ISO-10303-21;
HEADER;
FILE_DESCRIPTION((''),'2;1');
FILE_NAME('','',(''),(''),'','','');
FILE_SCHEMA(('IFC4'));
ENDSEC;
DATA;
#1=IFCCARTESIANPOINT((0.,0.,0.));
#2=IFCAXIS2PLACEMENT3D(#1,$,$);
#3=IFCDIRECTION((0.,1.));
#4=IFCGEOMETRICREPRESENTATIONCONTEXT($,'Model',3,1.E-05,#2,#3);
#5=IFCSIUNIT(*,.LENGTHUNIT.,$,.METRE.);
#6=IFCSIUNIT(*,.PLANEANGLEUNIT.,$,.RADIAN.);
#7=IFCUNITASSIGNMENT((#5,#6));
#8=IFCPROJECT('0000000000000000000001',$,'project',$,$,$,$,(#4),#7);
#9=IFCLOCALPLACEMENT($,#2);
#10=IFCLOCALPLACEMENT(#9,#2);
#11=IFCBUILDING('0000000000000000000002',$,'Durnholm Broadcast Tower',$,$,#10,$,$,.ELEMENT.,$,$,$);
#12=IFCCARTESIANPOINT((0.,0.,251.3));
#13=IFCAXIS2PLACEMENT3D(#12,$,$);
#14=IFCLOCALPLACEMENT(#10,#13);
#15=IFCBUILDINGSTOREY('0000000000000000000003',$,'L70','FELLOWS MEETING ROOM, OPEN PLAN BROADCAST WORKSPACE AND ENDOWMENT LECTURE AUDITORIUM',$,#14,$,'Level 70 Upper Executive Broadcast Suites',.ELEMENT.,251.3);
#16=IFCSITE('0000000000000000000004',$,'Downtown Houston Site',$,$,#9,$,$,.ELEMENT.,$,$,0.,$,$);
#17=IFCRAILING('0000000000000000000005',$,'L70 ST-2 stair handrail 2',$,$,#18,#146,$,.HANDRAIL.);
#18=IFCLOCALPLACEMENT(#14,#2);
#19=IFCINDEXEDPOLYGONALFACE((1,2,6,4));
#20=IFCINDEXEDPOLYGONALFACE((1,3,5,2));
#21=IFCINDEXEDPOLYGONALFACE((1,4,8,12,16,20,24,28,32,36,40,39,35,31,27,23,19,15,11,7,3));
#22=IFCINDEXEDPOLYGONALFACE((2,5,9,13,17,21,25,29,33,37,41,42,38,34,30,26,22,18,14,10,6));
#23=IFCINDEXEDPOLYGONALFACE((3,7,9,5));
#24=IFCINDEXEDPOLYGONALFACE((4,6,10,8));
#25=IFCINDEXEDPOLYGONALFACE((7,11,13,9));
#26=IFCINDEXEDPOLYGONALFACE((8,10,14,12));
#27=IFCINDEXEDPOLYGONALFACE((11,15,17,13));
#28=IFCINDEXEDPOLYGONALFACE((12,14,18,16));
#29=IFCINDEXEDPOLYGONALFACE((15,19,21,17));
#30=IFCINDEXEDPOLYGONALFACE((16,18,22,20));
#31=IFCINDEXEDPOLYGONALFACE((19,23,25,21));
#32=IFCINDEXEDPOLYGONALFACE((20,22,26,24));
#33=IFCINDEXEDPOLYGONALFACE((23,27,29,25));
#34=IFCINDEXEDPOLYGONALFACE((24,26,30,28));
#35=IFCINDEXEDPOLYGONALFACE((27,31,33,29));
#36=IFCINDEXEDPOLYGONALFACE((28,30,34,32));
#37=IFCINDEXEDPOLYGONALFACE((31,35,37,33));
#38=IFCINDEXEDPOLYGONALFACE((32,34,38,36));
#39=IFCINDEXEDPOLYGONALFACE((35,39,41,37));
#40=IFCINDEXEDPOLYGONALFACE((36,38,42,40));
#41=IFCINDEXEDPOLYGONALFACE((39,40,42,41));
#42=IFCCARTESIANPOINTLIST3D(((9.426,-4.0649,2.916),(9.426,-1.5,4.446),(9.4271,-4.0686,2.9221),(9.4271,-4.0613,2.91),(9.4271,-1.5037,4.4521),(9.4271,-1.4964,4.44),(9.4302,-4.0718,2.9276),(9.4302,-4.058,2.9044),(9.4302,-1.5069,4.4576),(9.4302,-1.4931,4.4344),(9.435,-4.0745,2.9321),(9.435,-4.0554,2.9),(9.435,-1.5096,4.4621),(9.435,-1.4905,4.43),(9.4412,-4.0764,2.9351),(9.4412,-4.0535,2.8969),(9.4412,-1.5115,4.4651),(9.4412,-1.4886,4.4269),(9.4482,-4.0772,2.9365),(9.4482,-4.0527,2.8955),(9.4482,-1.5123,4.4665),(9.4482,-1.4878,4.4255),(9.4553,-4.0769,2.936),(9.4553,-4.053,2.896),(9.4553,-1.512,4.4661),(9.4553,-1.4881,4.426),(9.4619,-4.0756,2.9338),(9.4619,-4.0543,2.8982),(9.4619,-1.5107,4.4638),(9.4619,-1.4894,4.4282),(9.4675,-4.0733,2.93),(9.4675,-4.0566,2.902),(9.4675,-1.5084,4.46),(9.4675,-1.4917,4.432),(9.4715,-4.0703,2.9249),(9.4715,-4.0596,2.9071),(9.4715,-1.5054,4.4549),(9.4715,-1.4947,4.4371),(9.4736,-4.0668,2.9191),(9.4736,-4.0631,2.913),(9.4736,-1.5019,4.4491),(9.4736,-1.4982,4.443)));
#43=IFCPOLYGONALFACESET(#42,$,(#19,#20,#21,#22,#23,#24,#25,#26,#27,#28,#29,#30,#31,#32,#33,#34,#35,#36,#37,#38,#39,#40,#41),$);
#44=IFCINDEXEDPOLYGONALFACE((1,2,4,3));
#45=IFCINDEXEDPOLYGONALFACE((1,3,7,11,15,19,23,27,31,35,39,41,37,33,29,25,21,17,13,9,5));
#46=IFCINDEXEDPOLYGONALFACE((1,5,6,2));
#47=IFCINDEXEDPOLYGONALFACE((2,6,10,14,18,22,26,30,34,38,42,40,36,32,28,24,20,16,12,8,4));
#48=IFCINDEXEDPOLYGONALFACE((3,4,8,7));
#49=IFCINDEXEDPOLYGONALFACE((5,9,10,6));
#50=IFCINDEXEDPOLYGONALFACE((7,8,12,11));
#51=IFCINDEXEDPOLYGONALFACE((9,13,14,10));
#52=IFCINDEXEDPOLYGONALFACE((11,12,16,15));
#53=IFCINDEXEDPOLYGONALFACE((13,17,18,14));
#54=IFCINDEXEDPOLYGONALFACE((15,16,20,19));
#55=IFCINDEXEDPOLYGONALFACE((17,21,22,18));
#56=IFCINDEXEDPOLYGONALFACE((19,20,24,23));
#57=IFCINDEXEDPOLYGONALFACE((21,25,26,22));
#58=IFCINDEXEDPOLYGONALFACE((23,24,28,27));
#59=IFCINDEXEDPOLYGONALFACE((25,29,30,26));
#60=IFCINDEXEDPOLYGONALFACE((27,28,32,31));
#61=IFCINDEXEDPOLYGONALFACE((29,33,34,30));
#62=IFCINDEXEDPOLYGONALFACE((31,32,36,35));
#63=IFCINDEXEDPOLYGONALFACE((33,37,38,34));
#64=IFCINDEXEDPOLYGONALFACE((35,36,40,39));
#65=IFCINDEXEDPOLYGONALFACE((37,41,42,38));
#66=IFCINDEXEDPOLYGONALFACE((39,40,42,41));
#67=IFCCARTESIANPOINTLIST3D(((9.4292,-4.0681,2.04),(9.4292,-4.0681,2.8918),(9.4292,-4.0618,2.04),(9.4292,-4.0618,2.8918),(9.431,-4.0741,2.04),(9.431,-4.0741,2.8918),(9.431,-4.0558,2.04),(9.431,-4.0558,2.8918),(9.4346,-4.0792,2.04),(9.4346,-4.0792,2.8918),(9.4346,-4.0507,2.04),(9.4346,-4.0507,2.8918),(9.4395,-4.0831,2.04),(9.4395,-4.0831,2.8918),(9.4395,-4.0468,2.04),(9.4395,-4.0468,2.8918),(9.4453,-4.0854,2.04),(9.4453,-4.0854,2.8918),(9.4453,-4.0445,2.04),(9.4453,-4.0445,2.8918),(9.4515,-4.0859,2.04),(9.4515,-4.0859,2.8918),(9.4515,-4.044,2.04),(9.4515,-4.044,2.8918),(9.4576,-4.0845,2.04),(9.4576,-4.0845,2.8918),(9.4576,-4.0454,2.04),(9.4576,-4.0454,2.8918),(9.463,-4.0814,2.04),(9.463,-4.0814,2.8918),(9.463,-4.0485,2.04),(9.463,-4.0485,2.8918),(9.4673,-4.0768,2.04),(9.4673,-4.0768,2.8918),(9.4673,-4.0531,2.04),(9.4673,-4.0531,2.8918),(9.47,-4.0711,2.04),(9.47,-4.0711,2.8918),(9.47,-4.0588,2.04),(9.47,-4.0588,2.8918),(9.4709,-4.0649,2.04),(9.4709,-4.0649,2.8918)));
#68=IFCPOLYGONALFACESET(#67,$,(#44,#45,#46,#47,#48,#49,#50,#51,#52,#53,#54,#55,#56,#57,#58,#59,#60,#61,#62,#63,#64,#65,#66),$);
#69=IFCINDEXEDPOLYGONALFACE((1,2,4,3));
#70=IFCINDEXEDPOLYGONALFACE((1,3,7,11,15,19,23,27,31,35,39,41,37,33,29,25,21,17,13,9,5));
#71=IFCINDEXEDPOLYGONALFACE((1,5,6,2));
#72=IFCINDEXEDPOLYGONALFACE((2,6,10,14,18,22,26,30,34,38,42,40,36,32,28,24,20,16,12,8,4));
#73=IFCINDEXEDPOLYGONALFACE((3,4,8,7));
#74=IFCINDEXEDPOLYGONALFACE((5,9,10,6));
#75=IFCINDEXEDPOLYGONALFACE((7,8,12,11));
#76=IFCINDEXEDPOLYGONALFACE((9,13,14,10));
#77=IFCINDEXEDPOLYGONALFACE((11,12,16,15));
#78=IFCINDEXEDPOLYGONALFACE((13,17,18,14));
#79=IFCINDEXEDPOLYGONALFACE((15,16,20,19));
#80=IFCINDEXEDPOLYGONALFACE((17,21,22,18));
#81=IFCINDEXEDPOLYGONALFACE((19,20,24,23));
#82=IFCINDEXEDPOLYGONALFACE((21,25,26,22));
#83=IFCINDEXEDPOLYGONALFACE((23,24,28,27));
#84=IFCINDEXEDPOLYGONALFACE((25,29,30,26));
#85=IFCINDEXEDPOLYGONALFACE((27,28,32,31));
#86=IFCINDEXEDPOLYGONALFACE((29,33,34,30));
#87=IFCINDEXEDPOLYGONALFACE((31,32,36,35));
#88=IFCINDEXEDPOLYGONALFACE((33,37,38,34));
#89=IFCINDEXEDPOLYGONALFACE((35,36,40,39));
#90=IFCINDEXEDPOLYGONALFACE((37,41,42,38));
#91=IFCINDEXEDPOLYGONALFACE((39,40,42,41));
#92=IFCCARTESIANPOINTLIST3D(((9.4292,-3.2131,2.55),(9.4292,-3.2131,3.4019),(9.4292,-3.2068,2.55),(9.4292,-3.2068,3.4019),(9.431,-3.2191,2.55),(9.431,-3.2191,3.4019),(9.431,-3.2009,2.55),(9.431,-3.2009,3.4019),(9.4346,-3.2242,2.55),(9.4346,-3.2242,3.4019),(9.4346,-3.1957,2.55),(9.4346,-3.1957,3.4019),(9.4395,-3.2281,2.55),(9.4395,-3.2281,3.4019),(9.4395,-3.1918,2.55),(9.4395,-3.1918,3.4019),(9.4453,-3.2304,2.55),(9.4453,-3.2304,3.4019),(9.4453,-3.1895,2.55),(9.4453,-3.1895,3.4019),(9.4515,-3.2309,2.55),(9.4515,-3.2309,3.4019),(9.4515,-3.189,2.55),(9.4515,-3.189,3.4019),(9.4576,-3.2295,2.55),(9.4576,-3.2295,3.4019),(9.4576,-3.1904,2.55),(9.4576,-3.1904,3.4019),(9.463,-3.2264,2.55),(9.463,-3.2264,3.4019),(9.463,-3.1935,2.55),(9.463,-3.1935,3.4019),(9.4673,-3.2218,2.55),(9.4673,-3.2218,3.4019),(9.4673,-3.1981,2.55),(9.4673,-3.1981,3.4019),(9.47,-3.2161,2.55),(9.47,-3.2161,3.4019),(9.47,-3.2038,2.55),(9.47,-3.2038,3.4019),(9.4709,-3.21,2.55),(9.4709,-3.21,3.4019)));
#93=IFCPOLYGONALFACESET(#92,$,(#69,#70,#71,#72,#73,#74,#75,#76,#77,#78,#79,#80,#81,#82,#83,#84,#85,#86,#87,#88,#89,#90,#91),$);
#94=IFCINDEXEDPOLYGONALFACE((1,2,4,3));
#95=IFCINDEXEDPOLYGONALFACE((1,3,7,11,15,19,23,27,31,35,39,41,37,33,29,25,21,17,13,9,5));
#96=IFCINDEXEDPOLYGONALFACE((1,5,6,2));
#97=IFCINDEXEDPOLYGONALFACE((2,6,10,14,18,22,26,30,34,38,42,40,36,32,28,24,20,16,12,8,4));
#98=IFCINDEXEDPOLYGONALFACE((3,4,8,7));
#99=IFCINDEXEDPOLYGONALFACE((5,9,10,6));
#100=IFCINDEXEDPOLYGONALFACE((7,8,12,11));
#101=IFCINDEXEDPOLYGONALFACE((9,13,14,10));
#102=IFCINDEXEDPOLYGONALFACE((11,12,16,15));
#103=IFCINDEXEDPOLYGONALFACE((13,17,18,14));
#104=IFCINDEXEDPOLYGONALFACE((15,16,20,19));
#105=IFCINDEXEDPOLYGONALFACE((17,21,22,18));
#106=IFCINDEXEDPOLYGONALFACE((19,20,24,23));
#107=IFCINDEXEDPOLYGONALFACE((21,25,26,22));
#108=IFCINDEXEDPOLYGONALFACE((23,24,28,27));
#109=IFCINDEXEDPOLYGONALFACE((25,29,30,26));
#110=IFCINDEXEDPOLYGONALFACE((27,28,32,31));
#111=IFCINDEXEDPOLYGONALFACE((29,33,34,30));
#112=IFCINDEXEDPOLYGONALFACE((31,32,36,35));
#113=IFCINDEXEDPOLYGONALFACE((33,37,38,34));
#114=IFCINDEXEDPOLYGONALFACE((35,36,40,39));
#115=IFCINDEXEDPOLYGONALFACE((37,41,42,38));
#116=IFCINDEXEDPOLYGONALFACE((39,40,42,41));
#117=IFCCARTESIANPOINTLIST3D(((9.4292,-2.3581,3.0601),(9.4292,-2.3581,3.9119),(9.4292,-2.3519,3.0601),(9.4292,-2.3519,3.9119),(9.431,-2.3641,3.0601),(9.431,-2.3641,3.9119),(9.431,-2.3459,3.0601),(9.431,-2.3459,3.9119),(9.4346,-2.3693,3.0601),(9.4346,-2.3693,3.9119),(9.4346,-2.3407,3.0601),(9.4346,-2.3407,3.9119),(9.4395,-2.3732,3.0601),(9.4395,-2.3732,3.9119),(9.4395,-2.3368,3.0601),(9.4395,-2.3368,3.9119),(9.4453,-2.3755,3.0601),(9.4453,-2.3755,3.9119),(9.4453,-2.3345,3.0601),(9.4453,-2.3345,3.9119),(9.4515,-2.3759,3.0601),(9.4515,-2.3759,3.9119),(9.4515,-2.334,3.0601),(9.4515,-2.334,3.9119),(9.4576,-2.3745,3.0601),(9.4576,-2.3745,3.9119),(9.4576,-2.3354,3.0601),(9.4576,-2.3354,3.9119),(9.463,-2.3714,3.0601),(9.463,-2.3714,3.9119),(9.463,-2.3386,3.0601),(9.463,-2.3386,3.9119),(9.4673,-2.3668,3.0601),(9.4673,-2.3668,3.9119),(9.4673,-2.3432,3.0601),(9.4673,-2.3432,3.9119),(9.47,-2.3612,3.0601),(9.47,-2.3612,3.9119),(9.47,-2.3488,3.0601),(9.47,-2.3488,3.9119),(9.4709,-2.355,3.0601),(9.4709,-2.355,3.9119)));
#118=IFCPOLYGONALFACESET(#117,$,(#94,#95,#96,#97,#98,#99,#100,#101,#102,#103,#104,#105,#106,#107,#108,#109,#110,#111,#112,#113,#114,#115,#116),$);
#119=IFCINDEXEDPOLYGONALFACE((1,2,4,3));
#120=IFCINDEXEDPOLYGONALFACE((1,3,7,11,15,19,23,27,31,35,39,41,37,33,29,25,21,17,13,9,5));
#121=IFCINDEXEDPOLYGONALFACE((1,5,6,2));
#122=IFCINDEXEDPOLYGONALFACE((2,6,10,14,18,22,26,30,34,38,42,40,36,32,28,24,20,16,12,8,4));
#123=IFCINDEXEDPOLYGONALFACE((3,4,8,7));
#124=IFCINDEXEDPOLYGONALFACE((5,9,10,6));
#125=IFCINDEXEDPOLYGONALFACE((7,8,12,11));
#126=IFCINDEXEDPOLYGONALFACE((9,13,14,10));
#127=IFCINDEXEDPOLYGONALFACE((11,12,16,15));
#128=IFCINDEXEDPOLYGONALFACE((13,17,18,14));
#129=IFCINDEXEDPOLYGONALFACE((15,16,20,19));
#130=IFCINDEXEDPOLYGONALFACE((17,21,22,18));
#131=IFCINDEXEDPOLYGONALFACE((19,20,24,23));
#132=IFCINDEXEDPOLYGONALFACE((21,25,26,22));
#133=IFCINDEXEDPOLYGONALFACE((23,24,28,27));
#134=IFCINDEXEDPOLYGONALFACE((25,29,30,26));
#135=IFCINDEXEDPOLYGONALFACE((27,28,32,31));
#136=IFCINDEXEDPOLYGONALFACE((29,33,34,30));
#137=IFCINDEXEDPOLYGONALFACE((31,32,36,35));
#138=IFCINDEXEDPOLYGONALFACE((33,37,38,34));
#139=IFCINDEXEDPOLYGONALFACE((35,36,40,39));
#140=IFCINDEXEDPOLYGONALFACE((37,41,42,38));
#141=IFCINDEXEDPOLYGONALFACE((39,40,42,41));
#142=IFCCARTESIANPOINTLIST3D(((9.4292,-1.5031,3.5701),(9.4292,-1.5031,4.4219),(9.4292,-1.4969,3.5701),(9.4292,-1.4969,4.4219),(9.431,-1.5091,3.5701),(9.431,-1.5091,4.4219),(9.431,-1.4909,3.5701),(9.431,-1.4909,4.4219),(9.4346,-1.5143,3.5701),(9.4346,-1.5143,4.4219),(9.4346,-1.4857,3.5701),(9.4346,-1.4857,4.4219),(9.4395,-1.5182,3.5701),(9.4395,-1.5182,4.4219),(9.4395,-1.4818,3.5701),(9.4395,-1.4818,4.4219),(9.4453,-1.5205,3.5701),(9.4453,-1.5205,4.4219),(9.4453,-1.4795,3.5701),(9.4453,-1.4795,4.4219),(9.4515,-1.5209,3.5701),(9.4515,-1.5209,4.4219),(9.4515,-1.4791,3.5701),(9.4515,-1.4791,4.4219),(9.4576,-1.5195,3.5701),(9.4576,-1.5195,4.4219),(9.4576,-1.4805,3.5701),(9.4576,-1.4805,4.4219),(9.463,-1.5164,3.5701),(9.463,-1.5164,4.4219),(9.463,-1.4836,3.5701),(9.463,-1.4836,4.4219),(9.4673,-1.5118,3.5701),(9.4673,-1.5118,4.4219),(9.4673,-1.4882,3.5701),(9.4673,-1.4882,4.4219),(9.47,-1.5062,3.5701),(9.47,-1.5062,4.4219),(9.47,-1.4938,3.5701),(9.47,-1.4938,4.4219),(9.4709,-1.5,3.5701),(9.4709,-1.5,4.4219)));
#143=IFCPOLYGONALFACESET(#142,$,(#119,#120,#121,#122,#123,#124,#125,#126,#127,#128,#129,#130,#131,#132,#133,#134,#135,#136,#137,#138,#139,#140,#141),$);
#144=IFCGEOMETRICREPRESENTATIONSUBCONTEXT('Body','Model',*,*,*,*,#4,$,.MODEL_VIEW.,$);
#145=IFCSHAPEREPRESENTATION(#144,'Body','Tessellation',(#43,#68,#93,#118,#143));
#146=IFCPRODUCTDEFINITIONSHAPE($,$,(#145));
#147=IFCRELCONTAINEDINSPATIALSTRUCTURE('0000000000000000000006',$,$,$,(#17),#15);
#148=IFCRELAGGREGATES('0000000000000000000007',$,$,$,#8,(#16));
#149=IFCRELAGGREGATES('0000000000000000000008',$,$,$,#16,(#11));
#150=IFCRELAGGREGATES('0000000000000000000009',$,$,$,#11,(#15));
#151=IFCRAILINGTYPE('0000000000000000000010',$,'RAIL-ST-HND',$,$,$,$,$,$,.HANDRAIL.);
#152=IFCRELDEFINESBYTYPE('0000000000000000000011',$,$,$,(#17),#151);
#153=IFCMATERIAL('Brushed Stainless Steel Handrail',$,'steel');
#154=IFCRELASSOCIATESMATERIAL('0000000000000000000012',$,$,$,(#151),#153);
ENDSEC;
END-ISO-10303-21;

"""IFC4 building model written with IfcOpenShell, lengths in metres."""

from ifc_helpers import new_model, si_unit, direction, frame, origin, origin_2d, place, context, subcontext, project, spatial, circle, extrude, material, type_object, element, save


model = new_model("IFC4")

# Units and contexts
model_context = context("Model", 3, precision=1e-05, world=origin(), true_north=direction((0.0, 1.0)))
body_context = subcontext(model_context, "Body", "Model", "MODEL_VIEW")
ifc_project = project(units=[si_unit("LENGTHUNIT", "METRE"), si_unit("PLANEANGLEUNIT", "RADIAN")], contexts=[model_context])

# Site, building, storey
site_placement = place(None, origin())
site = spatial("IfcSite", under=ifc_project, at=site_placement, Name="Downtown Houston Site", CompositionType="ELEMENT", RefElevation=0.0)
building_placement = place(site_placement, origin())
building = spatial("IfcBuilding", under=site, at=building_placement, Name="Durnholm Broadcast Tower", CompositionType="ELEMENT")
storey_placement = place(building_placement, frame((0.0, 0.0, 251.3)))
storey = spatial("IfcBuildingStorey", under=building, at=storey_placement, Name="L70", Description="FELLOWS MEETING ROOM, OPEN PLAN BROADCAST WORKSPACE AND ENDOWMENT LECTURE AUDITORIUM", LongName="Level 70 Upper Executive Broadcast Suites", CompositionType="ELEMENT", Elevation=251.3)

# Railing
ifc_material_1 = material(Name="Brushed Stainless Steel Handrail", Category="steel")
railing_type_1 = type_object("IfcRailingType", Name="RAIL-ST-HND", PredefinedType="HANDRAIL", material=ifc_material_1)
railing_1_placement = place(storey_placement, frame((9.45, -4.0649, 2.04)))
element("IfcRailing", 1, at=railing_1_placement, inside=storey, type_object=railing_type_1, Name="L70 ST-2 stair handrail 2", PredefinedType="HANDRAIL", context=body_context, shape_type="SweptSolid", body=[
    extrude(circle(Radius=0.0239, at=origin_2d()), frame((0.0, 0.0, 0.876), z_axis=(0.0, 0.85881, 0.512294), x_axis=(-1.0, 0.0, 0.0)), (0.0, 0.0, 1.0), 2.9866),
    extrude(circle(Radius=0.021, at=origin_2d()), origin(), (0.0, 0.0, 1.0), 0.8518),
    extrude(circle(Radius=0.021, at=origin_2d()), frame((0.0, 0.855, 0.51)), (0.0, 0.0, 1.0), 0.8518),
    extrude(circle(Radius=0.021, at=origin_2d()), frame((0.0, 1.71, 1.02)), (0.0, 0.0, 1.0), 0.8518),
    extrude(circle(Radius=0.021, at=origin_2d()), frame((0.0, 2.5649, 1.53)), (0.0, 0.0, 1.0), 0.8518),
])

save(model, "model.ifc")
